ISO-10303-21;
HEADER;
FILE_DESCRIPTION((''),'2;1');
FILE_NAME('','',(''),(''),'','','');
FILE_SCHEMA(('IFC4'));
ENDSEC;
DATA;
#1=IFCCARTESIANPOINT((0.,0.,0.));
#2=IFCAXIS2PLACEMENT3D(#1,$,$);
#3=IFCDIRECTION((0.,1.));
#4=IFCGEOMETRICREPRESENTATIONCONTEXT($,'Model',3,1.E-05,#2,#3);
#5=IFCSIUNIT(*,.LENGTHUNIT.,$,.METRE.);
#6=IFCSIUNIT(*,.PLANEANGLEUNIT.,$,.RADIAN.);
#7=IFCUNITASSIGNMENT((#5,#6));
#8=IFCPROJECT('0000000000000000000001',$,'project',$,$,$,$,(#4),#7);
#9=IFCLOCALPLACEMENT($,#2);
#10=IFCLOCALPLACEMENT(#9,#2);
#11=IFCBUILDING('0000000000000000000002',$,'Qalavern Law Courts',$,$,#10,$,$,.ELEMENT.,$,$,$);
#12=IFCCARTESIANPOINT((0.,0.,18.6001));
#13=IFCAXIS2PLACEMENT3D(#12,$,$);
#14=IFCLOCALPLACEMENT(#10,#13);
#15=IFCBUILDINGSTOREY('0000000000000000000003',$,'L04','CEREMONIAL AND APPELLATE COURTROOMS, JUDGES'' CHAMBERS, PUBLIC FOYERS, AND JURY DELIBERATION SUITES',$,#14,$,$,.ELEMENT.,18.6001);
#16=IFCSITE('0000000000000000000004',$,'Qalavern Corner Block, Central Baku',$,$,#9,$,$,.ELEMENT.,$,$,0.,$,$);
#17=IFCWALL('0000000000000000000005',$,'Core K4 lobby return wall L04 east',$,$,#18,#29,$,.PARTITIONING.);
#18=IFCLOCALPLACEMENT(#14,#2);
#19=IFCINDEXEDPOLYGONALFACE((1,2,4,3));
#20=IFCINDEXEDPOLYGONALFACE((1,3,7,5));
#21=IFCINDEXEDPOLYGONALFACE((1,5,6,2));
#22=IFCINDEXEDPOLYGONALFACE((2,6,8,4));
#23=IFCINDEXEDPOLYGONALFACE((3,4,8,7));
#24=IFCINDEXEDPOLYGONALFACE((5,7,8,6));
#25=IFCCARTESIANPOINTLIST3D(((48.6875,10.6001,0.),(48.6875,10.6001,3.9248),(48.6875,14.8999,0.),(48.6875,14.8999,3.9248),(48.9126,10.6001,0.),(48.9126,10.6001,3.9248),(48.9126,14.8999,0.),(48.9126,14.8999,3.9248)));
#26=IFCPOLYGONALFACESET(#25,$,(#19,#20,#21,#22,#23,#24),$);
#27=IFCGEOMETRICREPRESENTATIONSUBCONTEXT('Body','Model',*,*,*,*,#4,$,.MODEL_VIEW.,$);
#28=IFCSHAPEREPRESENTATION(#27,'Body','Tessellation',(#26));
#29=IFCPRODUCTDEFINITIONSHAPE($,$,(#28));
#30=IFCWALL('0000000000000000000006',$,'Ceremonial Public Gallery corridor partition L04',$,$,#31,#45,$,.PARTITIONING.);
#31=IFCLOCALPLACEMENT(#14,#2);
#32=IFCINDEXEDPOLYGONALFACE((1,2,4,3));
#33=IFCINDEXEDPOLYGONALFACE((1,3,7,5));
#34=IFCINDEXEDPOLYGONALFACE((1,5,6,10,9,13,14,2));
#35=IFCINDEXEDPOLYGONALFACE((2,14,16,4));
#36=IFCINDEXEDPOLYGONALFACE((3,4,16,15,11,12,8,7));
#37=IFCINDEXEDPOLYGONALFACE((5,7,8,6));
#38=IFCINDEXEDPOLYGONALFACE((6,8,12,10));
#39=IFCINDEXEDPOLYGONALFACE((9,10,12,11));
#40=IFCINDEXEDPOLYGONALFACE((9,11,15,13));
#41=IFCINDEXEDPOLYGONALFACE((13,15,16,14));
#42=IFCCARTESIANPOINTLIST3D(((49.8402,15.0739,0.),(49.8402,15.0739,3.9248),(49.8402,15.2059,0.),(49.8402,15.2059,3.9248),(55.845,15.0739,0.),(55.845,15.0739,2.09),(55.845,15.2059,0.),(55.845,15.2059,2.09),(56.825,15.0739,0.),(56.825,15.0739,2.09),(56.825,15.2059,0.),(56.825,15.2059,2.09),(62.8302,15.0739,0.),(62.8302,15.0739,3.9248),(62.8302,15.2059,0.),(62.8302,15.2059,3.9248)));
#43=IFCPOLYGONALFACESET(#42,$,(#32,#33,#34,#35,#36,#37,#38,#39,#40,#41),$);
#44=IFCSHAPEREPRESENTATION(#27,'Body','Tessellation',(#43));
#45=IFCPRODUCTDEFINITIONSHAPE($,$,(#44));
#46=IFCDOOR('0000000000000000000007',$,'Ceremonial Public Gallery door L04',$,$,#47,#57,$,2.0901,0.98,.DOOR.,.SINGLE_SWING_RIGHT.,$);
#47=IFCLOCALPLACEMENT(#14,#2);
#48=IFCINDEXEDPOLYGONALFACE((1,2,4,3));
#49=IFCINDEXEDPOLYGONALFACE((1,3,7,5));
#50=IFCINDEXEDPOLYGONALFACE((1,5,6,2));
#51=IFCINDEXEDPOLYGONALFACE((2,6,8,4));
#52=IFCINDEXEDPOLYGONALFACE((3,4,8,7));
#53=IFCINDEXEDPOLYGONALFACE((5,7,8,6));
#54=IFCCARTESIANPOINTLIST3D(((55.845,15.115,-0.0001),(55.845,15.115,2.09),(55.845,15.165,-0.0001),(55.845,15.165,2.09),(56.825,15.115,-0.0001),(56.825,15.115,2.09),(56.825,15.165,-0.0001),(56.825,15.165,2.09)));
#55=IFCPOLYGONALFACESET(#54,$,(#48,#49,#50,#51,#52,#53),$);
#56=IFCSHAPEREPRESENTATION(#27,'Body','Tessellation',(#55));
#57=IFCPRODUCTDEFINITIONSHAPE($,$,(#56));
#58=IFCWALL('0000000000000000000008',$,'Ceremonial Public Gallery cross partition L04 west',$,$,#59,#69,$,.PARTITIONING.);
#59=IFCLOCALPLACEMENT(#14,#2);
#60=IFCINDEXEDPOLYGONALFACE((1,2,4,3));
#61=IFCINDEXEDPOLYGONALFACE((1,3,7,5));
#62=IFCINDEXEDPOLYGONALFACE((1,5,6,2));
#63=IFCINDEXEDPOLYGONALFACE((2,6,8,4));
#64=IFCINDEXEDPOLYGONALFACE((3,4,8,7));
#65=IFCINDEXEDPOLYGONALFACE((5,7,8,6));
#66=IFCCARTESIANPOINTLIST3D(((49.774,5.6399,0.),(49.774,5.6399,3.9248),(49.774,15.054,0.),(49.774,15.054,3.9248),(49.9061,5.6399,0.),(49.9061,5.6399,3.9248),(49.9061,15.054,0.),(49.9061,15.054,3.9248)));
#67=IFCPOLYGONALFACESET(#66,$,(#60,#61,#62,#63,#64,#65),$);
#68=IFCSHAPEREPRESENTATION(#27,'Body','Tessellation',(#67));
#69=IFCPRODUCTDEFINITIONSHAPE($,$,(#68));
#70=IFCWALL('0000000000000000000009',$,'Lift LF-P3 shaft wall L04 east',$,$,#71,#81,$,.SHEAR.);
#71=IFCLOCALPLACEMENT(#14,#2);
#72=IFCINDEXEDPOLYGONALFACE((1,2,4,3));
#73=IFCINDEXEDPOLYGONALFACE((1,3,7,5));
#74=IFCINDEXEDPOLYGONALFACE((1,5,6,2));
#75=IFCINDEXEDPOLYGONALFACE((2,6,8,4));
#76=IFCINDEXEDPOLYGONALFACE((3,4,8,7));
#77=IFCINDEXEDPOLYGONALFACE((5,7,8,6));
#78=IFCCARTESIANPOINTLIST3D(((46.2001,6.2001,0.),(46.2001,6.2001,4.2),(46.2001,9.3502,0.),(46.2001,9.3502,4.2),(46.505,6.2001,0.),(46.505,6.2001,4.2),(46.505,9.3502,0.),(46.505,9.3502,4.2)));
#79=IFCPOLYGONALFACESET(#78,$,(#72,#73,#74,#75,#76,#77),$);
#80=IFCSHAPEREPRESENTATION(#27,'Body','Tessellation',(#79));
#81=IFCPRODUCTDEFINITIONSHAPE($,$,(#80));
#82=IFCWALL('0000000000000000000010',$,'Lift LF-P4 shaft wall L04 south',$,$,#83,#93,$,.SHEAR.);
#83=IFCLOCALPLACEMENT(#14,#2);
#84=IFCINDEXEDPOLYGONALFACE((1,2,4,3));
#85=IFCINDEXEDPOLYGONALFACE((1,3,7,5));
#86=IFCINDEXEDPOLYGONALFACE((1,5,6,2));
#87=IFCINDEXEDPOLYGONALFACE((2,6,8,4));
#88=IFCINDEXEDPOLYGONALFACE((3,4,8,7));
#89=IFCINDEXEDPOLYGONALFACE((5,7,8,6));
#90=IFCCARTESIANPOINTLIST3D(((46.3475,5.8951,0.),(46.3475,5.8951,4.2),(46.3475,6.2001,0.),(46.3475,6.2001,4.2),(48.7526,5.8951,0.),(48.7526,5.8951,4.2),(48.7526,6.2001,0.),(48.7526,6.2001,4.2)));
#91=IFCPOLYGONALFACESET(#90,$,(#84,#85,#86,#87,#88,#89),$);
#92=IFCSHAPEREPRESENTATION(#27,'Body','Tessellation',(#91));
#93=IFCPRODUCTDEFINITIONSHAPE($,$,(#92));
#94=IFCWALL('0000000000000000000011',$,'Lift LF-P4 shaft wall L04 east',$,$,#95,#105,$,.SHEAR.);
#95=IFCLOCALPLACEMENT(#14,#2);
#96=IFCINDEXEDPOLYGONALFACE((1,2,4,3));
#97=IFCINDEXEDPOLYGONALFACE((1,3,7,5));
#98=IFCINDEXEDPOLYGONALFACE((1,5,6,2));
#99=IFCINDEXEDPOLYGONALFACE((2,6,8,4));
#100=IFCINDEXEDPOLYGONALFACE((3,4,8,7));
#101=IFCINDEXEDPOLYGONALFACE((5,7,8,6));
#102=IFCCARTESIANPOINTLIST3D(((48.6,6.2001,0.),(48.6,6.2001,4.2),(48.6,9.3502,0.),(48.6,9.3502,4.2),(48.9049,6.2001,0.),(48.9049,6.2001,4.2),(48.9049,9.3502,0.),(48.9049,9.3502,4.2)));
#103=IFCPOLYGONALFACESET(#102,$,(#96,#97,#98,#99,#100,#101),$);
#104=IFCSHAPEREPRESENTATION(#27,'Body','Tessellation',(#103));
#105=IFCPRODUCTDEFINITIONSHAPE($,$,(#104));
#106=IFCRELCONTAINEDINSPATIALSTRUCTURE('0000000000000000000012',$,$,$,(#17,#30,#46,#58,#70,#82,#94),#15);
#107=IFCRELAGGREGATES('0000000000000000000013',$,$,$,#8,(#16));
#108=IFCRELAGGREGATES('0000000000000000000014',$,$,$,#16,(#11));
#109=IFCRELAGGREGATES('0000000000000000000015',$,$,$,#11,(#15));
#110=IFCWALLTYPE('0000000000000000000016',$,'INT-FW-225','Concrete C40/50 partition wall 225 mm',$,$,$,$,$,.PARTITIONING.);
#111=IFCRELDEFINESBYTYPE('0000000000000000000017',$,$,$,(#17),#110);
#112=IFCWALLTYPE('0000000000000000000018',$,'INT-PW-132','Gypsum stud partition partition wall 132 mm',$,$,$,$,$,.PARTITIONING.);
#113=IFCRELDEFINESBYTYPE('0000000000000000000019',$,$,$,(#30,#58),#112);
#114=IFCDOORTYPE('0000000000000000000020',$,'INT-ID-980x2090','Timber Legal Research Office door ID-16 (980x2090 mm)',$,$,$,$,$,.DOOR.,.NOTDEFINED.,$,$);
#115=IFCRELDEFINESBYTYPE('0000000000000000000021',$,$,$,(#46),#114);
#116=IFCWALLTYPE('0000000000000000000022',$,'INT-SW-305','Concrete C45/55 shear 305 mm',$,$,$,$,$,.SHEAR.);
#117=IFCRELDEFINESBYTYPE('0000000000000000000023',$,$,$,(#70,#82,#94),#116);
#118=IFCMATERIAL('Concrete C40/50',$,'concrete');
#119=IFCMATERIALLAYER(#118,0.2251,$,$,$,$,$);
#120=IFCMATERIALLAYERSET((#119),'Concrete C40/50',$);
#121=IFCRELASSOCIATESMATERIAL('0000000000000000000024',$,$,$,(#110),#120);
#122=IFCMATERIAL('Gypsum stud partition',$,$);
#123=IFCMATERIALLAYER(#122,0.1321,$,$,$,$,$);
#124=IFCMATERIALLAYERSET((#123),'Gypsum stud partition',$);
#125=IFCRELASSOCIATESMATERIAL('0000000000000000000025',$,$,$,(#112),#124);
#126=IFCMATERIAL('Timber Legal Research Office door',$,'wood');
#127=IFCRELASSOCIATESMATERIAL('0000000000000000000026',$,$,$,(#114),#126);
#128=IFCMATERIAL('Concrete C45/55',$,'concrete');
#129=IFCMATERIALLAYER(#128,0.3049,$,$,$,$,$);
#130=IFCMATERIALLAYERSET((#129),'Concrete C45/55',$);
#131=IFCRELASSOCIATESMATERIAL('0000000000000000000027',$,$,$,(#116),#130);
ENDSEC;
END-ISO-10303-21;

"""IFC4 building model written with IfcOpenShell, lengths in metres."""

from ifc_helpers import new_model, si_unit, direction, frame, frame_2d, origin, place, context, subcontext, project, spatial, rectangle, extrude, material, layer, layer_set, type_object, element, fill, save


model = new_model("IFC4")

# Units and contexts
model_context = context("Model", 3, precision=1e-05, world=origin(), true_north=direction((0.0, 1.0)))
body_context = subcontext(model_context, "Body", "Model", "MODEL_VIEW")
ifc_project = project(units=[si_unit("LENGTHUNIT", "METRE"), si_unit("PLANEANGLEUNIT", "RADIAN")], contexts=[model_context])

# Site, building, storey
site_placement = place(None, origin())
site = spatial("IfcSite", under=ifc_project, at=site_placement, Name="Qalavern Corner Block, Central Baku", CompositionType="ELEMENT", RefElevation=0.0)
building_placement = place(site_placement, origin())
building = spatial("IfcBuilding", under=site, at=building_placement, Name="Qalavern Law Courts", CompositionType="ELEMENT")
storey_placement = place(building_placement, frame((0.0, 0.0, 18.6001)))
storey = spatial("IfcBuildingStorey", under=building, at=storey_placement, Name="L04", Description="CEREMONIAL AND APPELLATE COURTROOMS, JUDGES' CHAMBERS, PUBLIC FOYERS, AND JURY DELIBERATION SUITES", CompositionType="ELEMENT", Elevation=18.6001)

# Shared definitions
ifc_material_1 = material(Name="Concrete C45/55", Category="concrete")

# Shared definitions
ifc_material_2 = material(Name="Concrete C40/50", Category="concrete")

# Wall
ifc_layer_1 = layer(ifc_material_2, 0.2251)
ifc_layer_set_1 = layer_set([ifc_layer_1], Name="Concrete C40/50")
wall_type_1 = type_object("IfcWallType", Name="INT-FW-225", Description="Concrete C40/50 partition wall 225 mm", PredefinedType="PARTITIONING", material=ifc_layer_set_1)
wall_1_placement = place(storey_placement, frame((48.8, 10.6001, 0.0), z_axis=(0.0, 0.0, 1.0), x_axis=(0.0, 1.0, 0.0)))
element("IfcWall", 1, at=wall_1_placement, inside=storey, type_object=wall_type_1, Name="Core K4 lobby return wall L04 east", PredefinedType="PARTITIONING", context=body_context, shape_type="SweptSolid", body=[
    extrude(rectangle(XDim=4.2998, YDim=0.2251, at=frame_2d((2.1499, 0.0))), origin(), (0.0, 0.0, 1.0), 3.9248),
])

# Wall, opening, door
ifc_material_3 = material(Name="Gypsum stud partition")
ifc_layer_2 = layer(ifc_material_3, 0.1321)
ifc_layer_set_2 = layer_set([ifc_layer_2], Name="Gypsum stud partition")
wall_type_2 = type_object("IfcWallType", Name="INT-PW-132", Description="Gypsum stud partition partition wall 132 mm", PredefinedType="PARTITIONING", material=ifc_layer_set_2)
wall_2_placement = place(storey_placement, frame((49.8401, 15.1399, 0.0), z_axis=(0.0, 0.0, 1.0), x_axis=(1.0, 0.0, 0.0)))
wall_2 = element("IfcWall", 2, at=wall_2_placement, inside=storey, type_object=wall_type_2, Name="Ceremonial Public Gallery corridor partition L04", PredefinedType="PARTITIONING", context=body_context, shape_type="SweptSolid", body=[
    extrude(rectangle(XDim=12.99, YDim=0.1321, at=frame_2d((6.4951, 0.0))), origin(), (0.0, 0.0, 1.0), 3.9248),
])
opening_1_placement = place(wall_2_placement, frame((6.0049, 0.0, 0.0)))
opening_1 = element("IfcOpeningElement", 3, at=opening_1_placement, cuts=wall_2, PredefinedType="OPENING", context=body_context, shape_type="SweptSolid", body=[
    extrude(rectangle(XDim=0.98, YDim=2.0901, at=frame_2d((0.49, 1.0449))), frame((0.0, 0.0811, 0.0), z_axis=(0.0, -1.0, 0.0), x_axis=(1.0, 0.0, 0.0)), (0.0, 0.0, 1.0), 0.1619),
])
ifc_material_4 = material(Name="Timber Legal Research Office door", Category="wood")
door_type_1 = type_object("IfcDoorType", Name="INT-ID-980x2090", Description="Timber Legal Research Office door ID-16 (980x2090 mm)", OperationType="NOTDEFINED", PredefinedType="DOOR", material=ifc_material_4)
door_1_placement = place(opening_1_placement, frame((0.98, 0.0, 0.0), z_axis=(0.0, 0.0, 1.0), x_axis=(-1.0, 0.0, 0.0)))
door_1 = element("IfcDoor", 4, at=door_1_placement, inside=storey, type_object=door_type_1, Name="Ceremonial Public Gallery door L04", OperationType="SINGLE_SWING_RIGHT", OverallHeight=2.0901, OverallWidth=0.98, PredefinedType="DOOR", context=body_context, shape_type="SweptSolid", body=[
    extrude(rectangle(XDim=0.98, YDim=2.0901, at=frame_2d((0.49, 1.0449))), frame((0.0, 0.0249, 0.0), z_axis=(0.0, -1.0, 0.0), x_axis=(1.0, 0.0, 0.0)), (0.0, 0.0, 1.0), 0.05),
])
fill(opening_1, door_1)

# Walls
wall_3_placement = place(storey_placement, frame((49.8401, 5.6399, 0.0), z_axis=(0.0, 0.0, 1.0), x_axis=(0.0, 1.0, 0.0)))
element("IfcWall", 5, at=wall_3_placement, inside=storey, type_object=wall_type_2, Name="Ceremonial Public Gallery cross partition L04 west", PredefinedType="PARTITIONING", context=body_context, shape_type="SweptSolid", body=[
    extrude(rectangle(XDim=9.4141, YDim=0.1321, at=frame_2d((4.707, 0.0))), origin(), (0.0, 0.0, 1.0), 3.9248),
])
ifc_layer_3 = layer(ifc_material_1, 0.3049)
ifc_layer_set_3 = layer_set([ifc_layer_3], Name="Concrete C45/55")
wall_type_3 = type_object("IfcWallType", Name="INT-SW-305", Description="Concrete C45/55 shear 305 mm", PredefinedType="SHEAR", material=ifc_layer_set_3)
wall_4_placement = place(storey_placement, frame((46.3525, 6.2, 0.0), z_axis=(0.0, 0.0, 1.0), x_axis=(0.0, 1.0, 0.0)))
element("IfcWall", 6, at=wall_4_placement, inside=storey, type_object=wall_type_3, Name="Lift LF-P3 shaft wall L04 east", PredefinedType="SHEAR", context=body_context, shape_type="SweptSolid", body=[
    extrude(rectangle(XDim=3.1501, YDim=0.3049, at=frame_2d((1.5752, 0.0))), origin(), (0.0, 0.0, 1.0), 4.2),
])

# Walls
wall_5_placement = place(storey_placement, frame((46.3474, 6.0476, 0.0), z_axis=(0.0, 0.0, 1.0), x_axis=(1.0, 0.0, 0.0)))
element("IfcWall", 7, at=wall_5_placement, inside=storey, type_object=wall_type_3, Name="Lift LF-P4 shaft wall L04 south", PredefinedType="SHEAR", context=body_context, shape_type="SweptSolid", body=[
    extrude(rectangle(XDim=2.405, YDim=0.3049, at=frame_2d((1.2026, 0.0))), origin(), (0.0, 0.0, 1.0), 4.2),
])
wall_6_placement = place(storey_placement, frame((48.7524, 6.2, 0.0), z_axis=(0.0, 0.0, 1.0), x_axis=(0.0, 1.0, 0.0)))
element("IfcWall", 8, at=wall_6_placement, inside=storey, type_object=wall_type_3, Name="Lift LF-P4 shaft wall L04 east", PredefinedType="SHEAR", context=body_context, shape_type="SweptSolid", body=[
    extrude(rectangle(XDim=3.1501, YDim=0.3049, at=frame_2d((1.5752, 0.0))), origin(), (0.0, 0.0, 1.0), 4.2),
])

save(model, "model.ifc")
